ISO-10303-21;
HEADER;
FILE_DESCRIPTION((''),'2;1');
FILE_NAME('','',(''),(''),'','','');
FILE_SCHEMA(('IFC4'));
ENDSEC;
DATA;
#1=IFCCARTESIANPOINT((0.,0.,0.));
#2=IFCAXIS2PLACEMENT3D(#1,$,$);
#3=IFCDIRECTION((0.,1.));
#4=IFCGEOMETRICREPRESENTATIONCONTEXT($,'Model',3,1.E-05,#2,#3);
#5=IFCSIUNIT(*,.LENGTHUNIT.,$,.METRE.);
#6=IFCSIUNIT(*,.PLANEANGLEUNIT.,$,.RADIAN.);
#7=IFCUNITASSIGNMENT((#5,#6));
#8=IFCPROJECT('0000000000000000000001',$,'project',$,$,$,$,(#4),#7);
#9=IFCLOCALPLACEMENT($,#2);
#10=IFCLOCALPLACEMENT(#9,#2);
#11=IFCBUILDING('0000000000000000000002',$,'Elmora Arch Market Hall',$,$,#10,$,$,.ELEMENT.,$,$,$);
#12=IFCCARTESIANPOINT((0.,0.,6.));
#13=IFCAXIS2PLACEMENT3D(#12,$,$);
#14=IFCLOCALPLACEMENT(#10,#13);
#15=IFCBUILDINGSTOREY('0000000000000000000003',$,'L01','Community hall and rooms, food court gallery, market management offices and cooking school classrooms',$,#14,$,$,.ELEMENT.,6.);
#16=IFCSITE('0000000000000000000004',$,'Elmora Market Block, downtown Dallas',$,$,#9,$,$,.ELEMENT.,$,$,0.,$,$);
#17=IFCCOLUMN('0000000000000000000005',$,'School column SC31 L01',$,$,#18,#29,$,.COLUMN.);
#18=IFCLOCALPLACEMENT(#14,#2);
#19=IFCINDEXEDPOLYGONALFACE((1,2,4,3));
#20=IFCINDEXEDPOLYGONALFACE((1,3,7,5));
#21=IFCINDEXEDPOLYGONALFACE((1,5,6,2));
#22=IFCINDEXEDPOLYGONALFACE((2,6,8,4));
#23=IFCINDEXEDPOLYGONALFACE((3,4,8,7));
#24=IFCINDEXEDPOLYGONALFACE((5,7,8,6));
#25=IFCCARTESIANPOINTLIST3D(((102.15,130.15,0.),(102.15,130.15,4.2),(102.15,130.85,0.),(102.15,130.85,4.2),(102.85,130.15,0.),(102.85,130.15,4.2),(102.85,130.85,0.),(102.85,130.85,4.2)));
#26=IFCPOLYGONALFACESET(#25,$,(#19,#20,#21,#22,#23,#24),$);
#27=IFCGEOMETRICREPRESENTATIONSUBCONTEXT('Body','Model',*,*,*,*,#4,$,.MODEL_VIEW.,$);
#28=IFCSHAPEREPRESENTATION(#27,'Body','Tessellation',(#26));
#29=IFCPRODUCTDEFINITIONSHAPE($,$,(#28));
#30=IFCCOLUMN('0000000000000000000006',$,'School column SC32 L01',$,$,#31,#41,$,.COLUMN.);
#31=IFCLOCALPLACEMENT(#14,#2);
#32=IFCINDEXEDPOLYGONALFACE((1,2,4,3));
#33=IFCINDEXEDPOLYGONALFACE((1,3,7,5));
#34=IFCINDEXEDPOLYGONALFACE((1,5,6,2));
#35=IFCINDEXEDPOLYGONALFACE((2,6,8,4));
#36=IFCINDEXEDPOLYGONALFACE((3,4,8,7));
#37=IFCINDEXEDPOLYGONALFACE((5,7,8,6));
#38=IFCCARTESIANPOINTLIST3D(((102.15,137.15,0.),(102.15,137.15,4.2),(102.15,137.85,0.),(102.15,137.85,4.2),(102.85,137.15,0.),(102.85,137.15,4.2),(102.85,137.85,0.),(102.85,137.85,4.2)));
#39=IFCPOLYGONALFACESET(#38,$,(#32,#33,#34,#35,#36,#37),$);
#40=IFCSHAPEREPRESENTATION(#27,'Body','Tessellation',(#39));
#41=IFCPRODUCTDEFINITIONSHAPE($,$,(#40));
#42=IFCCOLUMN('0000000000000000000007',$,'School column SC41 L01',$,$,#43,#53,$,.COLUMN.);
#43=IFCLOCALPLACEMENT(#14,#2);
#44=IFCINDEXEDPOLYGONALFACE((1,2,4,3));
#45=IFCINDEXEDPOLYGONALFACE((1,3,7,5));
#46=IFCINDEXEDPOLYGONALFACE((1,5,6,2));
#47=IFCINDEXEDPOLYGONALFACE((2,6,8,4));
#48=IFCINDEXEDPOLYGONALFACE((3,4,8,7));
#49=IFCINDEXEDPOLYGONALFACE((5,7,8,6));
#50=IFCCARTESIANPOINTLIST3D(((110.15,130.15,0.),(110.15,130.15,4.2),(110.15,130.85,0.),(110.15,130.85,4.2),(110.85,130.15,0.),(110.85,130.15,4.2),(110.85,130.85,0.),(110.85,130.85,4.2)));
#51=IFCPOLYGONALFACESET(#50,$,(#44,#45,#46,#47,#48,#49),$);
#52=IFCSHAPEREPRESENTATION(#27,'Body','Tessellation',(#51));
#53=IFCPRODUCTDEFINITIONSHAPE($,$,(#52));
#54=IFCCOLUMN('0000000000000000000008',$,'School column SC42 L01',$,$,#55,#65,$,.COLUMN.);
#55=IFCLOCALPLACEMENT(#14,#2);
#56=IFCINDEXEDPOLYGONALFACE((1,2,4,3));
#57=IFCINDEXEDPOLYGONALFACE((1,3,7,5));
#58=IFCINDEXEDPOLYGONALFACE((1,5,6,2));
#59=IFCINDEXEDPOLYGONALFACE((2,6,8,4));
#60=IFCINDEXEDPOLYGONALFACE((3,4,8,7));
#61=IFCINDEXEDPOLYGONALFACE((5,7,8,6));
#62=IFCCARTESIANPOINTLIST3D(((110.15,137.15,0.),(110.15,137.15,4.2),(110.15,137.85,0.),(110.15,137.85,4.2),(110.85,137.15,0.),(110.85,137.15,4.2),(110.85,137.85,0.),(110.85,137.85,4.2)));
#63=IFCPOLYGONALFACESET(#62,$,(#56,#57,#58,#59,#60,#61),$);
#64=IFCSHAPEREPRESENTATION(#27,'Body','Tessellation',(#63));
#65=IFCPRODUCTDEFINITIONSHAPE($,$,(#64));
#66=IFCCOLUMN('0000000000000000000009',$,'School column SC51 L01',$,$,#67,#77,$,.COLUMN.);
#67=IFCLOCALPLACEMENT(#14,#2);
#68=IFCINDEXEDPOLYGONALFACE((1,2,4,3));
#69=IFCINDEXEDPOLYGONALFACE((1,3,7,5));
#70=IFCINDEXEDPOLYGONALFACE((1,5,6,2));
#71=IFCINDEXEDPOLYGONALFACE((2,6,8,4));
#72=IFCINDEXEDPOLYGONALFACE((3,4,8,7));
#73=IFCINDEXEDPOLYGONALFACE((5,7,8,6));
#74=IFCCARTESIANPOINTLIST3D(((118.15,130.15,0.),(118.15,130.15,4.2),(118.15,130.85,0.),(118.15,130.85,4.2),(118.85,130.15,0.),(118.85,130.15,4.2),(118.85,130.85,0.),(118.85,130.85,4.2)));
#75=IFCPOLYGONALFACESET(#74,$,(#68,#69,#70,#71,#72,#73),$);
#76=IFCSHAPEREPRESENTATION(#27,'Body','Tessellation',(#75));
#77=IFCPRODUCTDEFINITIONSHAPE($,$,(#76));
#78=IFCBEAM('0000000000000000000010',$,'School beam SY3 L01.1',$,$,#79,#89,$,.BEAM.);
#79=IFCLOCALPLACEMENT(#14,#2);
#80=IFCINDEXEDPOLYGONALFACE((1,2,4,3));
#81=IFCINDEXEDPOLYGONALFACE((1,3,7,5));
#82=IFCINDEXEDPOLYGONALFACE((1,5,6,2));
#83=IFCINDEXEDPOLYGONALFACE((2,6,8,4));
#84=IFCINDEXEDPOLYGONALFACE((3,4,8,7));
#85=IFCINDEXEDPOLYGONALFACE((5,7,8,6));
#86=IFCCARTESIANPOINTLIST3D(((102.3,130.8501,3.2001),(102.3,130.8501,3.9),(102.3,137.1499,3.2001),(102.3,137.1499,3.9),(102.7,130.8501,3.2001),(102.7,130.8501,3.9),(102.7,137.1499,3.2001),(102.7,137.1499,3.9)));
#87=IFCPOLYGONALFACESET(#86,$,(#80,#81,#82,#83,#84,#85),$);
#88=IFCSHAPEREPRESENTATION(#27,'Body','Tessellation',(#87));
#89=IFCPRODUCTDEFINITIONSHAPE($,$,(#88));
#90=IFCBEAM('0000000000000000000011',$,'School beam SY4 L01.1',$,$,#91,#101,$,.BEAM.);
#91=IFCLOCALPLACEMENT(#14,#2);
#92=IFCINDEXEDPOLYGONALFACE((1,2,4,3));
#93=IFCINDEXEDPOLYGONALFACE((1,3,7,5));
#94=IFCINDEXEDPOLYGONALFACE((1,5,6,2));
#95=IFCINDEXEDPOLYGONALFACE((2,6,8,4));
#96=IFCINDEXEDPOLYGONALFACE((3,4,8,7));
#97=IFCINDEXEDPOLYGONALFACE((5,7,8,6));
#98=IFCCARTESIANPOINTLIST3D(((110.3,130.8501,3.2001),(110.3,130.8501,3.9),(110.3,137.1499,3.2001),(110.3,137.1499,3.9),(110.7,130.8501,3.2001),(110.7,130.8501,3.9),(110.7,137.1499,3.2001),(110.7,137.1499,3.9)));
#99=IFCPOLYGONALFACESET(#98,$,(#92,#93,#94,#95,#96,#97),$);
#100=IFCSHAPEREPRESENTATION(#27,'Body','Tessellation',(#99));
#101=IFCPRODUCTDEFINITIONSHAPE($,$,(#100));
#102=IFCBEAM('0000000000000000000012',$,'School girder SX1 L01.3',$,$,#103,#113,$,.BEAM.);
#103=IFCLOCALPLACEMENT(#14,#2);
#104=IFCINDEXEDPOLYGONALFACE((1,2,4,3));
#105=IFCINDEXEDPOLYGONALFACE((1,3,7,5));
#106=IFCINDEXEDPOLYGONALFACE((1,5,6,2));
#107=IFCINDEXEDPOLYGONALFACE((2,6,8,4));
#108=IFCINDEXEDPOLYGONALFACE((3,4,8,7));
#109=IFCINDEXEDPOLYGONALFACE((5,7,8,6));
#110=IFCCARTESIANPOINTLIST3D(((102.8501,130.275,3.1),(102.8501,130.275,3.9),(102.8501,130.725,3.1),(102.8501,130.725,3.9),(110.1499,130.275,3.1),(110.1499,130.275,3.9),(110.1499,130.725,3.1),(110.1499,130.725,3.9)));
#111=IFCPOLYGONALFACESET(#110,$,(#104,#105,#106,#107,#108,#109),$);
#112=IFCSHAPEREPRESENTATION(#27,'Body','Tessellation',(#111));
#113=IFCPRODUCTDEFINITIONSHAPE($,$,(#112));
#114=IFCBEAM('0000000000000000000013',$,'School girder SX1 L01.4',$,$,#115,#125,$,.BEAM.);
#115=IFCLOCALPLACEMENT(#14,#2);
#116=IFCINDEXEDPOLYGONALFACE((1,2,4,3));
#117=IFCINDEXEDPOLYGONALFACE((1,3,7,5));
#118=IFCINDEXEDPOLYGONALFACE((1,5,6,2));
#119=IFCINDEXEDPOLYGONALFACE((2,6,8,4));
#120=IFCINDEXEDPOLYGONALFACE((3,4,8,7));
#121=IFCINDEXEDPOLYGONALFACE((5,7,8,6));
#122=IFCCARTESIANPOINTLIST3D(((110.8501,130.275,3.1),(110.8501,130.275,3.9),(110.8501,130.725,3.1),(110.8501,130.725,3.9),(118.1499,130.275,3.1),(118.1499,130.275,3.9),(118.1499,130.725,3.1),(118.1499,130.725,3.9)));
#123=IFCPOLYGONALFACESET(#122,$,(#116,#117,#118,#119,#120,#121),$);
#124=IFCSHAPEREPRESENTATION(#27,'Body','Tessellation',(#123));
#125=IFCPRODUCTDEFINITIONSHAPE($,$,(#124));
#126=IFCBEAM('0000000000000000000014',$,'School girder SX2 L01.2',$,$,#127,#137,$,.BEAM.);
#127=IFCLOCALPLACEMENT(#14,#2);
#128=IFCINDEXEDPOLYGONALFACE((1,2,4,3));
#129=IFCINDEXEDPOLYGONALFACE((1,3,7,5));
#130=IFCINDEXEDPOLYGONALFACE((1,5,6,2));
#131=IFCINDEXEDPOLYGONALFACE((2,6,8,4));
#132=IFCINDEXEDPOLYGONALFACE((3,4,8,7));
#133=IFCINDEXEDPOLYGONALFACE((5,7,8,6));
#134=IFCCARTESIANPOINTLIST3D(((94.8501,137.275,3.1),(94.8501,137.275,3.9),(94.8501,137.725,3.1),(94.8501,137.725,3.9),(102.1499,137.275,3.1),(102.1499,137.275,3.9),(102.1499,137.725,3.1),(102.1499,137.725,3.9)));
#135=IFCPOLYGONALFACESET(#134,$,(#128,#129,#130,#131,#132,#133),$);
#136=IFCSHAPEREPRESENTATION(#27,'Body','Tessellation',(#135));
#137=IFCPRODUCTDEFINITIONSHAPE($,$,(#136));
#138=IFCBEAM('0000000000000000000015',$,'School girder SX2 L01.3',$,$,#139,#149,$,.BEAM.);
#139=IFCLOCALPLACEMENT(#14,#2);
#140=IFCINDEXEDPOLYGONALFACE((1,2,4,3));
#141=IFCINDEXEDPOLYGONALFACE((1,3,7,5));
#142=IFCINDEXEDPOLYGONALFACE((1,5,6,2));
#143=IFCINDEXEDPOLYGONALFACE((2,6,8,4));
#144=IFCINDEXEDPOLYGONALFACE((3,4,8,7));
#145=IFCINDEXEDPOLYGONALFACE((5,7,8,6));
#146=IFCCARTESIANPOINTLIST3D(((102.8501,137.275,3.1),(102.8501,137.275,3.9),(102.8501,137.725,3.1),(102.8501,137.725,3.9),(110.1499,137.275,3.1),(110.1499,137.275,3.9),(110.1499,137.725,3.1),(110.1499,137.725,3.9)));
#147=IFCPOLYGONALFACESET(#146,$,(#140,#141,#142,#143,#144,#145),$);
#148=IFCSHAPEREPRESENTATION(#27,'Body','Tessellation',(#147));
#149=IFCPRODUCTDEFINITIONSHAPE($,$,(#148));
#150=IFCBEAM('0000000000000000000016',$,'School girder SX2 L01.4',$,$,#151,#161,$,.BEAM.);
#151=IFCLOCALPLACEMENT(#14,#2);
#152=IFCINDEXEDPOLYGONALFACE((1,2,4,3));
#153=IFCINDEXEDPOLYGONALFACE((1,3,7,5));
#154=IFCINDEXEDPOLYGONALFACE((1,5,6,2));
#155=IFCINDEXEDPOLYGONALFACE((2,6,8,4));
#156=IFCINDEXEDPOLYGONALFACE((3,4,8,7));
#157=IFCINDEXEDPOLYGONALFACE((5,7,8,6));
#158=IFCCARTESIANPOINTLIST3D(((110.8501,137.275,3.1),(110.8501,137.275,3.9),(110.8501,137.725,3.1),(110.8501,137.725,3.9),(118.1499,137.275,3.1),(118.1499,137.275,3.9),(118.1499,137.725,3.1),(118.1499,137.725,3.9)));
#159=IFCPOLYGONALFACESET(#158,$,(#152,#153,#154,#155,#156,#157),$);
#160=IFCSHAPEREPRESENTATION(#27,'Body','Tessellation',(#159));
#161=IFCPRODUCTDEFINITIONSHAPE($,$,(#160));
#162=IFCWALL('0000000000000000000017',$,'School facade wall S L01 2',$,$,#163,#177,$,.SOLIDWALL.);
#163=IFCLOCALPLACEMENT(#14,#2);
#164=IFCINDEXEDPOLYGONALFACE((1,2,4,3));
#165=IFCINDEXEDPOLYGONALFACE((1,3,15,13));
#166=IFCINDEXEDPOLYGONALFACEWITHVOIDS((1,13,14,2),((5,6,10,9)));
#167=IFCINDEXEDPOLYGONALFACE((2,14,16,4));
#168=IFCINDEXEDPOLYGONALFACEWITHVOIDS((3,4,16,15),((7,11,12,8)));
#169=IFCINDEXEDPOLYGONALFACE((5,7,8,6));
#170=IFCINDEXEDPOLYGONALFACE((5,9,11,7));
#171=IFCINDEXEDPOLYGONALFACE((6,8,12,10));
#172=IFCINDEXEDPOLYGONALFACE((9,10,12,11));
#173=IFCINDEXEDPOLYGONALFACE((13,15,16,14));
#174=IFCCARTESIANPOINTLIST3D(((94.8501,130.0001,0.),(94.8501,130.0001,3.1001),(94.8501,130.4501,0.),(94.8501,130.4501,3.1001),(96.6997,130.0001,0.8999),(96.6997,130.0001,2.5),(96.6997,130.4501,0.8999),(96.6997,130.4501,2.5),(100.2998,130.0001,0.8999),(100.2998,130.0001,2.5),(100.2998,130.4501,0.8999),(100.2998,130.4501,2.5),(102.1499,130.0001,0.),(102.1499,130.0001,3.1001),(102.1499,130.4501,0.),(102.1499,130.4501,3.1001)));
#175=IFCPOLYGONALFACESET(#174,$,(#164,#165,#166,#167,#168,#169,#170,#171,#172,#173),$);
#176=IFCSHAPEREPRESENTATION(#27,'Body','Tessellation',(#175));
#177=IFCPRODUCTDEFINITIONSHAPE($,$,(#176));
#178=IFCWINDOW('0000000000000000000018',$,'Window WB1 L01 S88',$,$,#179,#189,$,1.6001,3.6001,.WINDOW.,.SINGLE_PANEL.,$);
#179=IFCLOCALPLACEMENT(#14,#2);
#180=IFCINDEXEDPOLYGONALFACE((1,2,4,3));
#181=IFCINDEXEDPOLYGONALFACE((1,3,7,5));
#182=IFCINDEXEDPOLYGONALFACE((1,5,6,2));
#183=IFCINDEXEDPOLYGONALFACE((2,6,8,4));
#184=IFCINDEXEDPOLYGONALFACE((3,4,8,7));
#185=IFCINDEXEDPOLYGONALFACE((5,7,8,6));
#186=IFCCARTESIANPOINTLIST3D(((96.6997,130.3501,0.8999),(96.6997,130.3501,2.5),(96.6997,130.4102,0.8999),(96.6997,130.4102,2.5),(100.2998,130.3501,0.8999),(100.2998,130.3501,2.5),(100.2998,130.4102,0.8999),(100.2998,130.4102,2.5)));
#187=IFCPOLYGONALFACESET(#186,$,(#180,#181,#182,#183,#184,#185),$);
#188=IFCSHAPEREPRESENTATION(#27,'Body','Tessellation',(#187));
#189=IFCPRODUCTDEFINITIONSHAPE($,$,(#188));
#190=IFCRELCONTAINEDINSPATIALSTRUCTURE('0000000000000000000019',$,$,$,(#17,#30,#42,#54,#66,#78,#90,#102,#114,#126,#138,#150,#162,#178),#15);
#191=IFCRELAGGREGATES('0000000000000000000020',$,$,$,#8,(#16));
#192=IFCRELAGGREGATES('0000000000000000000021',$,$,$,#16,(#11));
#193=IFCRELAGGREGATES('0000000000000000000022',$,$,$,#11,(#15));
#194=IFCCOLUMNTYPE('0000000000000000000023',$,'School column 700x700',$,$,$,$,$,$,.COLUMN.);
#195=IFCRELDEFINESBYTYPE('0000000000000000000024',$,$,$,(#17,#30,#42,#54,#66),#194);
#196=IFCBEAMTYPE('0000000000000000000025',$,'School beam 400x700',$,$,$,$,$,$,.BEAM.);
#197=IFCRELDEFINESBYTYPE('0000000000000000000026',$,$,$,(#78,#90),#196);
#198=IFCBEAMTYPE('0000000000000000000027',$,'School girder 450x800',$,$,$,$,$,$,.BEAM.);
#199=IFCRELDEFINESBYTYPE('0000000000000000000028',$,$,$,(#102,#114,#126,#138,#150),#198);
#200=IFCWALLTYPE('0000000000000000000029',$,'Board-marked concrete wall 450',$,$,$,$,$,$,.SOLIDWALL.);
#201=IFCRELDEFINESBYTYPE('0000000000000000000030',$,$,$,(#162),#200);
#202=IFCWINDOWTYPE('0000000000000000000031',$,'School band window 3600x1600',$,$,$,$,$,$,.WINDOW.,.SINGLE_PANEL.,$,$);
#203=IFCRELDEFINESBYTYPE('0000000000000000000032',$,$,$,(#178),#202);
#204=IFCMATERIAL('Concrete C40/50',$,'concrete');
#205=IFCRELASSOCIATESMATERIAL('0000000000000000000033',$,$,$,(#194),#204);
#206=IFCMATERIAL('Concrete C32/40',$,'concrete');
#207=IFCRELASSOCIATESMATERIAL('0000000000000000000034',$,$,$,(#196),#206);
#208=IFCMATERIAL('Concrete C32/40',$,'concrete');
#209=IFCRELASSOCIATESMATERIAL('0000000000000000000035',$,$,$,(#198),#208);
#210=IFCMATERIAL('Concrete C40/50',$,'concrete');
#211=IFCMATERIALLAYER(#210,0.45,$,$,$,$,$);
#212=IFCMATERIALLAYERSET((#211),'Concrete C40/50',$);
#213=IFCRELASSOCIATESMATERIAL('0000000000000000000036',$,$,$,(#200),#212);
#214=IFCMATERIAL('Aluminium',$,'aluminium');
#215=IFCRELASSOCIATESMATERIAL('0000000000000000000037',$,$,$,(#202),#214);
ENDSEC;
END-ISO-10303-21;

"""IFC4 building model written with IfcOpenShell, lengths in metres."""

from ifc_helpers import new_model, si_unit, direction, frame, frame_2d, origin, origin_2d, place, context, subcontext, project, spatial, rectangle, extrude, material, layer, layer_set, material_profile, profile_set, type_object, element, fill, save


model = new_model("IFC4")

# Units and contexts
model_context = context("Model", 3, precision=1e-05, world=origin(), true_north=direction((0.0, 1.0)))
body_context = subcontext(model_context, "Body", "Model", "MODEL_VIEW")
ifc_project = project(units=[si_unit("LENGTHUNIT", "METRE"), si_unit("PLANEANGLEUNIT", "RADIAN")], contexts=[model_context])

# Site, building, storey
site_placement = place(None, origin())
site = spatial("IfcSite", under=ifc_project, at=site_placement, Name="Elmora Market Block, downtown Dallas", CompositionType="ELEMENT", RefElevation=0.0)
building_placement = place(site_placement, origin())
building = spatial("IfcBuilding", under=site, at=building_placement, Name="Elmora Arch Market Hall", CompositionType="ELEMENT")
storey_placement = place(building_placement, frame((0.0, 0.0, 6.0)))
storey = spatial("IfcBuildingStorey", under=building, at=storey_placement, Name="L01", Description="Community hall and rooms, food court gallery, market management offices and cooking school classrooms", CompositionType="ELEMENT", Elevation=6.0)

# Columns
ifc_material_1 = material(Name="Concrete C40/50", Category="concrete")
ifc_material_profile_1 = material_profile(ifc_material_1, rectangle(XDim=0.7, YDim=0.7, at=origin_2d()), Name="School column 700x700")
ifc_profile_set_1 = profile_set([ifc_material_profile_1], Name="Concrete C40/50")
column_type = type_object("IfcColumnType", Name="School column 700x700", PredefinedType="COLUMN", material=ifc_profile_set_1)
for number, where, z_axis, x_axis, name in (
    (1, (102.5, 130.5, 0.0), (0.0, 0.0, 1.0), (1.0, 0.0, 0.0), "School column SC31 L01"),
    (2, (102.5, 137.5, 0.0), (0.0, 0.0, 1.0), (1.0, 0.0, 0.0), "School column SC32 L01"),
    (3, (110.5, 130.5, 0.0), (0.0, 0.0, 1.0), (1.0, 0.0, 0.0), "School column SC41 L01"),
    (4, (110.5, 137.5, 0.0), (0.0, 0.0, 1.0), (1.0, 0.0, 0.0), "School column SC42 L01"),
    (5, (118.5, 130.5, 0.0), (0.0, 0.0, 1.0), (1.0, 0.0, 0.0), "School column SC51 L01"),
):
    element("IfcColumn", number, at=place(storey_placement, frame(where, z_axis=z_axis, x_axis=x_axis)), inside=storey, type_object=column_type, Name=name, PredefinedType="COLUMN", context=body_context, shape_type="SweptSolid", body=[
        extrude(rectangle(XDim=0.7, YDim=0.7, at=origin_2d()), origin(), (0.0, 0.0, 1.0), 4.2),
    ])

# Beams
ifc_material_2 = material(Name="Concrete C32/40", Category="concrete")
ifc_material_profile_2 = material_profile(ifc_material_2, rectangle(XDim=0.3999, YDim=0.7, at=origin_2d()), Name="School beam 400x700")
ifc_profile_set_2 = profile_set([ifc_material_profile_2], Name="Concrete C32/40")
beam_type_1 = type_object("IfcBeamType", Name="School beam 400x700", PredefinedType="BEAM", material=ifc_profile_set_2)
for number, where, z_axis, x_axis, name in (
    (6, (102.5, 130.8501, 3.55), (0.0, 1.0, 0.0), (-1.0, 0.0, 0.0), "School beam SY3 L01.1"),
    (7, (110.5, 130.8501, 3.55), (0.0, 1.0, 0.0), (-1.0, 0.0, 0.0), "School beam SY4 L01.1"),
):
    element("IfcBeam", number, at=place(storey_placement, frame(where, z_axis=z_axis, x_axis=x_axis)), inside=storey, type_object=beam_type_1, Name=name, PredefinedType="BEAM", context=body_context, shape_type="SweptSolid", body=[
        extrude(rectangle(XDim=0.3999, YDim=0.7, at=origin_2d()), origin(), (0.0, 0.0, 1.0), 6.2998),
    ])
ifc_material_3 = material(Name="Concrete C32/40", Category="concrete")
ifc_material_profile_3 = material_profile(ifc_material_3, rectangle(XDim=0.45, YDim=0.8, at=origin_2d()), Name="School girder 450x800")
ifc_profile_set_3 = profile_set([ifc_material_profile_3], Name="Concrete C32/40")
beam_type_2 = type_object("IfcBeamType", Name="School girder 450x800", PredefinedType="BEAM", material=ifc_profile_set_3)
for number, where, z_axis, x_axis, name in (
    (8, (102.8501, 130.5, 3.5), (1.0, 0.0, 0.0), (0.0, 1.0, 0.0), "School girder SX1 L01.3"),
    (9, (110.8501, 130.5, 3.5), (1.0, 0.0, 0.0), (0.0, 1.0, 0.0), "School girder SX1 L01.4"),
    (10, (94.8501, 137.5, 3.5), (1.0, 0.0, 0.0), (0.0, 1.0, 0.0), "School girder SX2 L01.2"),
    (11, (102.8501, 137.5, 3.5), (1.0, 0.0, 0.0), (0.0, 1.0, 0.0), "School girder SX2 L01.3"),
    (12, (110.8501, 137.5, 3.5), (1.0, 0.0, 0.0), (0.0, 1.0, 0.0), "School girder SX2 L01.4"),
):
    element("IfcBeam", number, at=place(storey_placement, frame(where, z_axis=z_axis, x_axis=x_axis)), inside=storey, type_object=beam_type_2, Name=name, PredefinedType="BEAM", context=body_context, shape_type="SweptSolid", body=[
        extrude(rectangle(XDim=0.45, YDim=0.8, at=origin_2d()), origin(), (0.0, 0.0, 1.0), 7.2998),
    ])

# Wall, opening, window
ifc_material_4 = material(Name="Concrete C40/50", Category="concrete")
ifc_layer_1 = layer(ifc_material_4, 0.45)
ifc_layer_set_1 = layer_set([ifc_layer_1], Name="Concrete C40/50")
wall_type_1 = type_object("IfcWallType", Name="Board-marked concrete wall 450", PredefinedType="SOLIDWALL", material=ifc_layer_set_1)
wall_1_placement = place(storey_placement, frame((102.1499, 130.2251, 0.0), z_axis=(0.0, 0.0, 1.0), x_axis=(-1.0, 0.0, 0.0)))
wall_1 = element("IfcWall", 13, at=wall_1_placement, inside=storey, type_object=wall_type_1, Name="School facade wall S L01 2", PredefinedType="SOLIDWALL", context=body_context, shape_type="SweptSolid", body=[
    extrude(rectangle(XDim=7.2998, YDim=0.45, at=frame_2d((3.6499, 0.0))), origin(), (0.0, 0.0, 1.0), 3.1001),
])
opening_1_placement = place(wall_1_placement, frame((1.8501, 0.0, 0.8999)))
opening_1 = element("IfcOpeningElement", 14, at=opening_1_placement, cuts=wall_1, PredefinedType="OPENING", context=body_context, shape_type="SweptSolid", body=[
    extrude(rectangle(XDim=3.6001, YDim=1.6001, at=frame_2d((1.8, 0.8))), frame((0.0, 0.2349, 0.0), z_axis=(0.0, -1.0, 0.0), x_axis=(1.0, 0.0, 0.0)), (0.0, 0.0, 1.0), 0.47),
])
ifc_material_5 = material(Name="Aluminium", Category="aluminium")
window_type = type_object("IfcWindowType", Name="School band window 3600x1600", PartitioningType="SINGLE_PANEL", PredefinedType="WINDOW", material=ifc_material_5)
window_1_placement = place(opening_1_placement, origin())
window_1 = element("IfcWindow", 15, at=window_1_placement, inside=storey, type_object=window_type, Name="Window WB1 L01 S88", OverallHeight=1.6001, OverallWidth=3.6001, PartitioningType="SINGLE_PANEL", PredefinedType="WINDOW", context=body_context, shape_type="SweptSolid", body=[
    extrude(rectangle(XDim=3.6001, YDim=1.6001, at=frame_2d((1.8, 0.8))), frame((0.0, -0.125, 0.0), z_axis=(0.0, -1.0, 0.0), x_axis=(1.0, 0.0, 0.0)), (0.0, 0.0, 1.0), 0.0601),
])
fill(opening_1, window_1)

save(model, "model.ifc")
